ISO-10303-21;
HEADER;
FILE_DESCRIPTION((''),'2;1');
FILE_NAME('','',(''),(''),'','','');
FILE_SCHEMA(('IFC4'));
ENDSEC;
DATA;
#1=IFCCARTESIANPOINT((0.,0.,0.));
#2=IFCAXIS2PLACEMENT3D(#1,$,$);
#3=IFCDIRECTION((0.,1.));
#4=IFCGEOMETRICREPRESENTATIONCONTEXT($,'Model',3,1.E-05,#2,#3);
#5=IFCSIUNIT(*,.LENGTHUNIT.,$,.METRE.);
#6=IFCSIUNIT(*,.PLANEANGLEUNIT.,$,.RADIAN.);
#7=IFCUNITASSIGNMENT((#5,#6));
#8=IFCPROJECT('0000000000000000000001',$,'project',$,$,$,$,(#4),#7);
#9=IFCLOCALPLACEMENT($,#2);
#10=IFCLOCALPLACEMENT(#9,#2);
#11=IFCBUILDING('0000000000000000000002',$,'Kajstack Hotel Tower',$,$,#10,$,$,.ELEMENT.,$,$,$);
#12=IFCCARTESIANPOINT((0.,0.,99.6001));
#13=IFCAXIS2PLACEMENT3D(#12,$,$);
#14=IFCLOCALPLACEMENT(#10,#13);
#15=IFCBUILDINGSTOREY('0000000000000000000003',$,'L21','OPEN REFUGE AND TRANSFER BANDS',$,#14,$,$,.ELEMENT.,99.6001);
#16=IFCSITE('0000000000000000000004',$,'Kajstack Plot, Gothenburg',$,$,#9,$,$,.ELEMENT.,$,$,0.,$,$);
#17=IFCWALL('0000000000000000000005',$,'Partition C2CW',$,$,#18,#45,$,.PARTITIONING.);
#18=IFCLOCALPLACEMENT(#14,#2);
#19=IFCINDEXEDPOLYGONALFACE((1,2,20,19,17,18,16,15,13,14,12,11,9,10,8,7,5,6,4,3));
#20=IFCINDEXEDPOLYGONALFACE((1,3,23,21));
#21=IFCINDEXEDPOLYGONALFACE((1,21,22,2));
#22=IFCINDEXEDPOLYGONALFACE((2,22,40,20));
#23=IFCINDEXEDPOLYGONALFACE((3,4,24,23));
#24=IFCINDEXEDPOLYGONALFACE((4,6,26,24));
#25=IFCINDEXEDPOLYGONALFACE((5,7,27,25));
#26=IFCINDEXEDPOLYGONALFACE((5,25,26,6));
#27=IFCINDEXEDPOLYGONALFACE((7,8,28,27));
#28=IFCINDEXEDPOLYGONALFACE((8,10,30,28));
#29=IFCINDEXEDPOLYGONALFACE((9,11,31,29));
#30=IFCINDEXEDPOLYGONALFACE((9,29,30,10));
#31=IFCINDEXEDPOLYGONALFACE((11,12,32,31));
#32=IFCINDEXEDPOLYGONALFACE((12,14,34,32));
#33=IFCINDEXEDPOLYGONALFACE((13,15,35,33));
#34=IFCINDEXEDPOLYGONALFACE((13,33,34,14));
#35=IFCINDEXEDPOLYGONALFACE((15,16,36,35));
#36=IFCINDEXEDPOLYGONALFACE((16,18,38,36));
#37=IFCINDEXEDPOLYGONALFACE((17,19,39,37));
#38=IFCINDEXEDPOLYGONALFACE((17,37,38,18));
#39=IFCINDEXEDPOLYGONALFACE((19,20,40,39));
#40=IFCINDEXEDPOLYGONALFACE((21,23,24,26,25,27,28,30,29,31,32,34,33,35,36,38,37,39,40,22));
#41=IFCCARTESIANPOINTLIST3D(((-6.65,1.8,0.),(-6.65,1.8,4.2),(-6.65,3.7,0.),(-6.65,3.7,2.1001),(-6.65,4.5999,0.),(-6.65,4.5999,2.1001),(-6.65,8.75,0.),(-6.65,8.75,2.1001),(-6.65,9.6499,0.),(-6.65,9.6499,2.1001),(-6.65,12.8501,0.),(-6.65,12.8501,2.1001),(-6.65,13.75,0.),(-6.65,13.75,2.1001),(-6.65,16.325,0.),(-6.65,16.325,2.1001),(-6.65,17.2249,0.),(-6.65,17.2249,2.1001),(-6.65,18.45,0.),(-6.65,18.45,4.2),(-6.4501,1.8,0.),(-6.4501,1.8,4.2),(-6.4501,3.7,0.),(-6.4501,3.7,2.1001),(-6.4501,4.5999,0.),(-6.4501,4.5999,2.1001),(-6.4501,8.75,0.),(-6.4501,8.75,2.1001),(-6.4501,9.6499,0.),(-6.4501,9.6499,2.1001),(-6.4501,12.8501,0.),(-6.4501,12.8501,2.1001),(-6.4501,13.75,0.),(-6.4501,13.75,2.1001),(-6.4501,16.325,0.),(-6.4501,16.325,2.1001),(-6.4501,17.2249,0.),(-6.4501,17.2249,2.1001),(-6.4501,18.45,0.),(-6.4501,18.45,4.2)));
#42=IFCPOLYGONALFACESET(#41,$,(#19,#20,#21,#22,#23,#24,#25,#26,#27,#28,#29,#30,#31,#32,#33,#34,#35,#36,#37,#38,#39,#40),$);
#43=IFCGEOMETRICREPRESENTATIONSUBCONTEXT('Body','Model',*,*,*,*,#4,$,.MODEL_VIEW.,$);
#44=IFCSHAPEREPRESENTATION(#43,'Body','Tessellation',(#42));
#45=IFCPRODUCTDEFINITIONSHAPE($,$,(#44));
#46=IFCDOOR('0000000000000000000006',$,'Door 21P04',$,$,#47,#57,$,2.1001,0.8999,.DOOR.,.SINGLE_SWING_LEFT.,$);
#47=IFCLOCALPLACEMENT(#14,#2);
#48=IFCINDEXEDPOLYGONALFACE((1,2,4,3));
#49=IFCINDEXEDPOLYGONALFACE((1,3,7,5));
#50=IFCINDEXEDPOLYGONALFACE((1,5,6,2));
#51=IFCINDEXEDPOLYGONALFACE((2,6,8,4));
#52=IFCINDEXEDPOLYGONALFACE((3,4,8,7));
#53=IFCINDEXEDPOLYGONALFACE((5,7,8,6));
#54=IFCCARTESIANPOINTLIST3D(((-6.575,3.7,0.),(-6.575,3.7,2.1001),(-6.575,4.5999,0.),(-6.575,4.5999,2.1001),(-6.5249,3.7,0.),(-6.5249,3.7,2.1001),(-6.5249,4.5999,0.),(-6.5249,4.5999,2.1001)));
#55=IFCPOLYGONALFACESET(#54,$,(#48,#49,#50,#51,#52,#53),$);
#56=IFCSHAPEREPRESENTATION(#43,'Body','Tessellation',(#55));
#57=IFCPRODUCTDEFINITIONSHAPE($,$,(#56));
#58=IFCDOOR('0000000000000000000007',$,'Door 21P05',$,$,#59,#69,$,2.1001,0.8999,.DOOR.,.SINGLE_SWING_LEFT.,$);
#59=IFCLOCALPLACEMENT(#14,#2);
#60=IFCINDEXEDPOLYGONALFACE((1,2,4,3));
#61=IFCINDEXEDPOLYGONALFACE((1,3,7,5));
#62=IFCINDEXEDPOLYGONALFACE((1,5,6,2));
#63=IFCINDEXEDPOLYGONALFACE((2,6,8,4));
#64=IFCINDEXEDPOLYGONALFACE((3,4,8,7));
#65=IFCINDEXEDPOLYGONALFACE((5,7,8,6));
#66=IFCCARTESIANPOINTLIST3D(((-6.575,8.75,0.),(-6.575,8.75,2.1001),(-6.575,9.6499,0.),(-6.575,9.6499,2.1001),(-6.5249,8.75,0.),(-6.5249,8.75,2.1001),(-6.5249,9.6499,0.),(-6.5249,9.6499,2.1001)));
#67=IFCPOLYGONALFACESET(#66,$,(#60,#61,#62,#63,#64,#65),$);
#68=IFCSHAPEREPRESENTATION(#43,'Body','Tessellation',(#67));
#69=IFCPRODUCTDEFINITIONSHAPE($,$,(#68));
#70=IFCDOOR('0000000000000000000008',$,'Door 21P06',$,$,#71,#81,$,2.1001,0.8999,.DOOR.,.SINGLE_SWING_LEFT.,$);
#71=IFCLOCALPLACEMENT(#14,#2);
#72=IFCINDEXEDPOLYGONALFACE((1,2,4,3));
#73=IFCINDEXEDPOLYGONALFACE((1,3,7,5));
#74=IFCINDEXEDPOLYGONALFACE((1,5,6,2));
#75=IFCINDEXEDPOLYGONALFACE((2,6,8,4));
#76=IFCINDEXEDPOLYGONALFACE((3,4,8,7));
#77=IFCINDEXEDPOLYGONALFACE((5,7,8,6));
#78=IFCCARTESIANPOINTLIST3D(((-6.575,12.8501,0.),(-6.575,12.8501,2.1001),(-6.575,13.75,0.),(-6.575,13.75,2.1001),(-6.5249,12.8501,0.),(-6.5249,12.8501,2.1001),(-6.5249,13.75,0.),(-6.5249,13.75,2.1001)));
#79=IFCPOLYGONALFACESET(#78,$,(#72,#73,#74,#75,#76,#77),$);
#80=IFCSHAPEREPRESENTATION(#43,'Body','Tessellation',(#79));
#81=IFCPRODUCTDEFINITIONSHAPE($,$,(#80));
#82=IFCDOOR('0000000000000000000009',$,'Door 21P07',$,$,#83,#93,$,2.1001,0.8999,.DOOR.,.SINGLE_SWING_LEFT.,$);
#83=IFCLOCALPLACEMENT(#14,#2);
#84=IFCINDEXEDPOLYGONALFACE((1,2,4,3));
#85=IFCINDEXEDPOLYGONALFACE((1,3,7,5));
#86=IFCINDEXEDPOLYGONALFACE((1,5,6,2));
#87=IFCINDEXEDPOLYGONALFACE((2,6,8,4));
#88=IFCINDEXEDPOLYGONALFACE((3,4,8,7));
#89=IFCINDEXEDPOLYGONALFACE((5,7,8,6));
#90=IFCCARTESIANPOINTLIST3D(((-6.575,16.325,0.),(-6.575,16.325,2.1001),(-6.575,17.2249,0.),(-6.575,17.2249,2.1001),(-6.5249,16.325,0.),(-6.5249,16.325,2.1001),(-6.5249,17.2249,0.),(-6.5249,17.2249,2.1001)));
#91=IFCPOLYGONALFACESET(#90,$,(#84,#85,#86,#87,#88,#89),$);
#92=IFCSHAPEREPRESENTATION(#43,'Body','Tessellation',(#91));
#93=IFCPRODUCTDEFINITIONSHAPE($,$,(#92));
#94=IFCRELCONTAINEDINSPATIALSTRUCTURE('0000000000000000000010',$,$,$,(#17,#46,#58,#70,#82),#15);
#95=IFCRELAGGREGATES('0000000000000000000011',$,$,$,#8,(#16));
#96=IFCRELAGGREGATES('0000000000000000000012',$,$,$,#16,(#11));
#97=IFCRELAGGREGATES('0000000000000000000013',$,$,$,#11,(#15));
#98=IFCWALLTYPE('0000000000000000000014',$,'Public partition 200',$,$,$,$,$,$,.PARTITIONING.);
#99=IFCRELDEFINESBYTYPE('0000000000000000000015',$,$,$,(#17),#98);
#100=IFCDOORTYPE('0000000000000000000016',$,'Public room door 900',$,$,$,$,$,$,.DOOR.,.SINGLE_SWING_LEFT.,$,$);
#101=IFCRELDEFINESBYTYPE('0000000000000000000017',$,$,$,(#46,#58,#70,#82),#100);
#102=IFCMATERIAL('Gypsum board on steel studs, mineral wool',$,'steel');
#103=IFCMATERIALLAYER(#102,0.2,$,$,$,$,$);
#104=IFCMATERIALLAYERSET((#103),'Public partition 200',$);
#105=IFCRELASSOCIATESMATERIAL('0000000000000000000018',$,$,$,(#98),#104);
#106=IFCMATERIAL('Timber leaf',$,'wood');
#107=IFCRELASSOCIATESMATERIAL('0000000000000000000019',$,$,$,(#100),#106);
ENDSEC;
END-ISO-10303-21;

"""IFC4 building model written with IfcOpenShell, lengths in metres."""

from ifc_helpers import new_model, si_unit, direction, frame, frame_2d, origin, place, context, subcontext, project, spatial, rectangle, extrude, material, layer, layer_set, type_object, element, fill, save


model = new_model("IFC4")

# Units and contexts
model_context = context("Model", 3, precision=1e-05, world=origin(), true_north=direction((0.0, 1.0)))
body_context = subcontext(model_context, "Body", "Model", "MODEL_VIEW")
ifc_project = project(units=[si_unit("LENGTHUNIT", "METRE"), si_unit("PLANEANGLEUNIT", "RADIAN")], contexts=[model_context])

# Site, building, storey
site_placement = place(None, origin())
site = spatial("IfcSite", under=ifc_project, at=site_placement, Name="Kajstack Plot, Gothenburg", CompositionType="ELEMENT", RefElevation=0.0)
building_placement = place(site_placement, origin())
building = spatial("IfcBuilding", under=site, at=building_placement, Name="Kajstack Hotel Tower", CompositionType="ELEMENT")
storey_placement = place(building_placement, frame((0.0, 0.0, 99.6001)))
storey = spatial("IfcBuildingStorey", under=building, at=storey_placement, Name="L21", Description="OPEN REFUGE AND TRANSFER BANDS", CompositionType="ELEMENT", Elevation=99.6001)

# Shared definitions
ifc_material_1 = material(Name="Gypsum board on steel studs, mineral wool", Category="steel")
ifc_layer_1 = layer(ifc_material_1, 0.2)
ifc_layer_set_1 = layer_set([ifc_layer_1], Name="Public partition 200")
wall_type = type_object("IfcWallType", Name="Public partition 200", PredefinedType="PARTITIONING", material=ifc_layer_set_1)

# Wall, openings, doors
wall_1_placement = place(storey_placement, frame((-6.55, 1.8, 0.0), z_axis=(0.0, 0.0, 1.0), x_axis=(0.0, 1.0, 0.0)))
wall_1 = element("IfcWall", 1, at=wall_1_placement, inside=storey, type_object=wall_type, Name="Partition C2CW", PredefinedType="PARTITIONING", context=body_context, shape_type="SweptSolid", body=[
    extrude(rectangle(XDim=16.6499, YDim=0.2, at=frame_2d((8.325, 0.0))), origin(), (0.0, 0.0, 1.0), 4.2),
])
opening_1_placement = place(wall_1_placement, frame((1.8999, 0.0, 0.0)))
opening_1 = element("IfcOpeningElement", 2, at=opening_1_placement, cuts=wall_1, PredefinedType="OPENING", context=body_context, shape_type="SweptSolid", body=[
    extrude(rectangle(XDim=0.8999, YDim=2.1001, at=frame_2d((0.45, 1.05))), frame((0.0, 0.1099, 0.0), z_axis=(0.0, -1.0, 0.0), x_axis=(1.0, 0.0, 0.0)), (0.0, 0.0, 1.0), 0.22),
])
opening_2_placement = place(wall_1_placement, frame((6.95, 0.0, 0.0)))
opening_2 = element("IfcOpeningElement", 3, at=opening_2_placement, cuts=wall_1, PredefinedType="OPENING", context=body_context, shape_type="SweptSolid", body=[
    extrude(rectangle(XDim=0.8999, YDim=2.1001, at=frame_2d((0.45, 1.05))), frame((0.0, 0.1099, 0.0), z_axis=(0.0, -1.0, 0.0), x_axis=(1.0, 0.0, 0.0)), (0.0, 0.0, 1.0), 0.22),
])
opening_3_placement = place(wall_1_placement, frame((11.05, 0.0, 0.0)))
opening_3 = element("IfcOpeningElement", 4, at=opening_3_placement, cuts=wall_1, PredefinedType="OPENING", context=body_context, shape_type="SweptSolid", body=[
    extrude(rectangle(XDim=0.8999, YDim=2.1001, at=frame_2d((0.45, 1.05))), frame((0.0, 0.1099, 0.0), z_axis=(0.0, -1.0, 0.0), x_axis=(1.0, 0.0, 0.0)), (0.0, 0.0, 1.0), 0.22),
])
opening_4_placement = place(wall_1_placement, frame((14.5249, 0.0, 0.0)))
opening_4 = element("IfcOpeningElement", 5, at=opening_4_placement, cuts=wall_1, PredefinedType="OPENING", context=body_context, shape_type="SweptSolid", body=[
    extrude(rectangle(XDim=0.8999, YDim=2.1001, at=frame_2d((0.45, 1.05))), frame((0.0, 0.1099, 0.0), z_axis=(0.0, -1.0, 0.0), x_axis=(1.0, 0.0, 0.0)), (0.0, 0.0, 1.0), 0.22),
])
ifc_material_2 = material(Name="Timber leaf", Category="wood")
door_type = type_object("IfcDoorType", Name="Public room door 900", OperationType="SINGLE_SWING_LEFT", PredefinedType="DOOR", material=ifc_material_2)
door_1_placement = place(opening_1_placement, origin())
door_1 = element("IfcDoor", 6, at=door_1_placement, inside=storey, type_object=door_type, Name="Door 21P04", OperationType="SINGLE_SWING_LEFT", OverallHeight=2.1001, OverallWidth=0.8999, PredefinedType="DOOR", context=body_context, shape_type="SweptSolid", body=[
    extrude(rectangle(XDim=0.8999, YDim=2.1001, at=frame_2d((0.45, 1.05))), frame((0.0, 0.0249, 0.0), z_axis=(0.0, -1.0, 0.0), x_axis=(1.0, 0.0, 0.0)), (0.0, 0.0, 1.0), 0.05),
])
fill(opening_1, door_1)
door_2_placement = place(opening_2_placement, origin())
door_2 = element("IfcDoor", 7, at=door_2_placement, inside=storey, type_object=door_type, Name="Door 21P05", OperationType="SINGLE_SWING_LEFT", OverallHeight=2.1001, OverallWidth=0.8999, PredefinedType="DOOR", context=body_context, shape_type="SweptSolid", body=[
    extrude(rectangle(XDim=0.8999, YDim=2.1001, at=frame_2d((0.45, 1.05))), frame((0.0, 0.0249, 0.0), z_axis=(0.0, -1.0, 0.0), x_axis=(1.0, 0.0, 0.0)), (0.0, 0.0, 1.0), 0.05),
])
fill(opening_2, door_2)
door_3_placement = place(opening_3_placement, origin())
door_3 = element("IfcDoor", 8, at=door_3_placement, inside=storey, type_object=door_type, Name="Door 21P06", OperationType="SINGLE_SWING_LEFT", OverallHeight=2.1001, OverallWidth=0.8999, PredefinedType="DOOR", context=body_context, shape_type="SweptSolid", body=[
    extrude(rectangle(XDim=0.8999, YDim=2.1001, at=frame_2d((0.45, 1.05))), frame((0.0, 0.0249, 0.0), z_axis=(0.0, -1.0, 0.0), x_axis=(1.0, 0.0, 0.0)), (0.0, 0.0, 1.0), 0.05),
])
fill(opening_3, door_3)
door_4_placement = place(opening_4_placement, origin())
door_4 = element("IfcDoor", 9, at=door_4_placement, inside=storey, type_object=door_type, Name="Door 21P07", OperationType="SINGLE_SWING_LEFT", OverallHeight=2.1001, OverallWidth=0.8999, PredefinedType="DOOR", context=body_context, shape_type="SweptSolid", body=[
    extrude(rectangle(XDim=0.8999, YDim=2.1001, at=frame_2d((0.45, 1.05))), frame((0.0, 0.0249, 0.0), z_axis=(0.0, -1.0, 0.0), x_axis=(1.0, 0.0, 0.0)), (0.0, 0.0, 1.0), 0.05),
])
fill(opening_4, door_4)

save(model, "model.ifc")
